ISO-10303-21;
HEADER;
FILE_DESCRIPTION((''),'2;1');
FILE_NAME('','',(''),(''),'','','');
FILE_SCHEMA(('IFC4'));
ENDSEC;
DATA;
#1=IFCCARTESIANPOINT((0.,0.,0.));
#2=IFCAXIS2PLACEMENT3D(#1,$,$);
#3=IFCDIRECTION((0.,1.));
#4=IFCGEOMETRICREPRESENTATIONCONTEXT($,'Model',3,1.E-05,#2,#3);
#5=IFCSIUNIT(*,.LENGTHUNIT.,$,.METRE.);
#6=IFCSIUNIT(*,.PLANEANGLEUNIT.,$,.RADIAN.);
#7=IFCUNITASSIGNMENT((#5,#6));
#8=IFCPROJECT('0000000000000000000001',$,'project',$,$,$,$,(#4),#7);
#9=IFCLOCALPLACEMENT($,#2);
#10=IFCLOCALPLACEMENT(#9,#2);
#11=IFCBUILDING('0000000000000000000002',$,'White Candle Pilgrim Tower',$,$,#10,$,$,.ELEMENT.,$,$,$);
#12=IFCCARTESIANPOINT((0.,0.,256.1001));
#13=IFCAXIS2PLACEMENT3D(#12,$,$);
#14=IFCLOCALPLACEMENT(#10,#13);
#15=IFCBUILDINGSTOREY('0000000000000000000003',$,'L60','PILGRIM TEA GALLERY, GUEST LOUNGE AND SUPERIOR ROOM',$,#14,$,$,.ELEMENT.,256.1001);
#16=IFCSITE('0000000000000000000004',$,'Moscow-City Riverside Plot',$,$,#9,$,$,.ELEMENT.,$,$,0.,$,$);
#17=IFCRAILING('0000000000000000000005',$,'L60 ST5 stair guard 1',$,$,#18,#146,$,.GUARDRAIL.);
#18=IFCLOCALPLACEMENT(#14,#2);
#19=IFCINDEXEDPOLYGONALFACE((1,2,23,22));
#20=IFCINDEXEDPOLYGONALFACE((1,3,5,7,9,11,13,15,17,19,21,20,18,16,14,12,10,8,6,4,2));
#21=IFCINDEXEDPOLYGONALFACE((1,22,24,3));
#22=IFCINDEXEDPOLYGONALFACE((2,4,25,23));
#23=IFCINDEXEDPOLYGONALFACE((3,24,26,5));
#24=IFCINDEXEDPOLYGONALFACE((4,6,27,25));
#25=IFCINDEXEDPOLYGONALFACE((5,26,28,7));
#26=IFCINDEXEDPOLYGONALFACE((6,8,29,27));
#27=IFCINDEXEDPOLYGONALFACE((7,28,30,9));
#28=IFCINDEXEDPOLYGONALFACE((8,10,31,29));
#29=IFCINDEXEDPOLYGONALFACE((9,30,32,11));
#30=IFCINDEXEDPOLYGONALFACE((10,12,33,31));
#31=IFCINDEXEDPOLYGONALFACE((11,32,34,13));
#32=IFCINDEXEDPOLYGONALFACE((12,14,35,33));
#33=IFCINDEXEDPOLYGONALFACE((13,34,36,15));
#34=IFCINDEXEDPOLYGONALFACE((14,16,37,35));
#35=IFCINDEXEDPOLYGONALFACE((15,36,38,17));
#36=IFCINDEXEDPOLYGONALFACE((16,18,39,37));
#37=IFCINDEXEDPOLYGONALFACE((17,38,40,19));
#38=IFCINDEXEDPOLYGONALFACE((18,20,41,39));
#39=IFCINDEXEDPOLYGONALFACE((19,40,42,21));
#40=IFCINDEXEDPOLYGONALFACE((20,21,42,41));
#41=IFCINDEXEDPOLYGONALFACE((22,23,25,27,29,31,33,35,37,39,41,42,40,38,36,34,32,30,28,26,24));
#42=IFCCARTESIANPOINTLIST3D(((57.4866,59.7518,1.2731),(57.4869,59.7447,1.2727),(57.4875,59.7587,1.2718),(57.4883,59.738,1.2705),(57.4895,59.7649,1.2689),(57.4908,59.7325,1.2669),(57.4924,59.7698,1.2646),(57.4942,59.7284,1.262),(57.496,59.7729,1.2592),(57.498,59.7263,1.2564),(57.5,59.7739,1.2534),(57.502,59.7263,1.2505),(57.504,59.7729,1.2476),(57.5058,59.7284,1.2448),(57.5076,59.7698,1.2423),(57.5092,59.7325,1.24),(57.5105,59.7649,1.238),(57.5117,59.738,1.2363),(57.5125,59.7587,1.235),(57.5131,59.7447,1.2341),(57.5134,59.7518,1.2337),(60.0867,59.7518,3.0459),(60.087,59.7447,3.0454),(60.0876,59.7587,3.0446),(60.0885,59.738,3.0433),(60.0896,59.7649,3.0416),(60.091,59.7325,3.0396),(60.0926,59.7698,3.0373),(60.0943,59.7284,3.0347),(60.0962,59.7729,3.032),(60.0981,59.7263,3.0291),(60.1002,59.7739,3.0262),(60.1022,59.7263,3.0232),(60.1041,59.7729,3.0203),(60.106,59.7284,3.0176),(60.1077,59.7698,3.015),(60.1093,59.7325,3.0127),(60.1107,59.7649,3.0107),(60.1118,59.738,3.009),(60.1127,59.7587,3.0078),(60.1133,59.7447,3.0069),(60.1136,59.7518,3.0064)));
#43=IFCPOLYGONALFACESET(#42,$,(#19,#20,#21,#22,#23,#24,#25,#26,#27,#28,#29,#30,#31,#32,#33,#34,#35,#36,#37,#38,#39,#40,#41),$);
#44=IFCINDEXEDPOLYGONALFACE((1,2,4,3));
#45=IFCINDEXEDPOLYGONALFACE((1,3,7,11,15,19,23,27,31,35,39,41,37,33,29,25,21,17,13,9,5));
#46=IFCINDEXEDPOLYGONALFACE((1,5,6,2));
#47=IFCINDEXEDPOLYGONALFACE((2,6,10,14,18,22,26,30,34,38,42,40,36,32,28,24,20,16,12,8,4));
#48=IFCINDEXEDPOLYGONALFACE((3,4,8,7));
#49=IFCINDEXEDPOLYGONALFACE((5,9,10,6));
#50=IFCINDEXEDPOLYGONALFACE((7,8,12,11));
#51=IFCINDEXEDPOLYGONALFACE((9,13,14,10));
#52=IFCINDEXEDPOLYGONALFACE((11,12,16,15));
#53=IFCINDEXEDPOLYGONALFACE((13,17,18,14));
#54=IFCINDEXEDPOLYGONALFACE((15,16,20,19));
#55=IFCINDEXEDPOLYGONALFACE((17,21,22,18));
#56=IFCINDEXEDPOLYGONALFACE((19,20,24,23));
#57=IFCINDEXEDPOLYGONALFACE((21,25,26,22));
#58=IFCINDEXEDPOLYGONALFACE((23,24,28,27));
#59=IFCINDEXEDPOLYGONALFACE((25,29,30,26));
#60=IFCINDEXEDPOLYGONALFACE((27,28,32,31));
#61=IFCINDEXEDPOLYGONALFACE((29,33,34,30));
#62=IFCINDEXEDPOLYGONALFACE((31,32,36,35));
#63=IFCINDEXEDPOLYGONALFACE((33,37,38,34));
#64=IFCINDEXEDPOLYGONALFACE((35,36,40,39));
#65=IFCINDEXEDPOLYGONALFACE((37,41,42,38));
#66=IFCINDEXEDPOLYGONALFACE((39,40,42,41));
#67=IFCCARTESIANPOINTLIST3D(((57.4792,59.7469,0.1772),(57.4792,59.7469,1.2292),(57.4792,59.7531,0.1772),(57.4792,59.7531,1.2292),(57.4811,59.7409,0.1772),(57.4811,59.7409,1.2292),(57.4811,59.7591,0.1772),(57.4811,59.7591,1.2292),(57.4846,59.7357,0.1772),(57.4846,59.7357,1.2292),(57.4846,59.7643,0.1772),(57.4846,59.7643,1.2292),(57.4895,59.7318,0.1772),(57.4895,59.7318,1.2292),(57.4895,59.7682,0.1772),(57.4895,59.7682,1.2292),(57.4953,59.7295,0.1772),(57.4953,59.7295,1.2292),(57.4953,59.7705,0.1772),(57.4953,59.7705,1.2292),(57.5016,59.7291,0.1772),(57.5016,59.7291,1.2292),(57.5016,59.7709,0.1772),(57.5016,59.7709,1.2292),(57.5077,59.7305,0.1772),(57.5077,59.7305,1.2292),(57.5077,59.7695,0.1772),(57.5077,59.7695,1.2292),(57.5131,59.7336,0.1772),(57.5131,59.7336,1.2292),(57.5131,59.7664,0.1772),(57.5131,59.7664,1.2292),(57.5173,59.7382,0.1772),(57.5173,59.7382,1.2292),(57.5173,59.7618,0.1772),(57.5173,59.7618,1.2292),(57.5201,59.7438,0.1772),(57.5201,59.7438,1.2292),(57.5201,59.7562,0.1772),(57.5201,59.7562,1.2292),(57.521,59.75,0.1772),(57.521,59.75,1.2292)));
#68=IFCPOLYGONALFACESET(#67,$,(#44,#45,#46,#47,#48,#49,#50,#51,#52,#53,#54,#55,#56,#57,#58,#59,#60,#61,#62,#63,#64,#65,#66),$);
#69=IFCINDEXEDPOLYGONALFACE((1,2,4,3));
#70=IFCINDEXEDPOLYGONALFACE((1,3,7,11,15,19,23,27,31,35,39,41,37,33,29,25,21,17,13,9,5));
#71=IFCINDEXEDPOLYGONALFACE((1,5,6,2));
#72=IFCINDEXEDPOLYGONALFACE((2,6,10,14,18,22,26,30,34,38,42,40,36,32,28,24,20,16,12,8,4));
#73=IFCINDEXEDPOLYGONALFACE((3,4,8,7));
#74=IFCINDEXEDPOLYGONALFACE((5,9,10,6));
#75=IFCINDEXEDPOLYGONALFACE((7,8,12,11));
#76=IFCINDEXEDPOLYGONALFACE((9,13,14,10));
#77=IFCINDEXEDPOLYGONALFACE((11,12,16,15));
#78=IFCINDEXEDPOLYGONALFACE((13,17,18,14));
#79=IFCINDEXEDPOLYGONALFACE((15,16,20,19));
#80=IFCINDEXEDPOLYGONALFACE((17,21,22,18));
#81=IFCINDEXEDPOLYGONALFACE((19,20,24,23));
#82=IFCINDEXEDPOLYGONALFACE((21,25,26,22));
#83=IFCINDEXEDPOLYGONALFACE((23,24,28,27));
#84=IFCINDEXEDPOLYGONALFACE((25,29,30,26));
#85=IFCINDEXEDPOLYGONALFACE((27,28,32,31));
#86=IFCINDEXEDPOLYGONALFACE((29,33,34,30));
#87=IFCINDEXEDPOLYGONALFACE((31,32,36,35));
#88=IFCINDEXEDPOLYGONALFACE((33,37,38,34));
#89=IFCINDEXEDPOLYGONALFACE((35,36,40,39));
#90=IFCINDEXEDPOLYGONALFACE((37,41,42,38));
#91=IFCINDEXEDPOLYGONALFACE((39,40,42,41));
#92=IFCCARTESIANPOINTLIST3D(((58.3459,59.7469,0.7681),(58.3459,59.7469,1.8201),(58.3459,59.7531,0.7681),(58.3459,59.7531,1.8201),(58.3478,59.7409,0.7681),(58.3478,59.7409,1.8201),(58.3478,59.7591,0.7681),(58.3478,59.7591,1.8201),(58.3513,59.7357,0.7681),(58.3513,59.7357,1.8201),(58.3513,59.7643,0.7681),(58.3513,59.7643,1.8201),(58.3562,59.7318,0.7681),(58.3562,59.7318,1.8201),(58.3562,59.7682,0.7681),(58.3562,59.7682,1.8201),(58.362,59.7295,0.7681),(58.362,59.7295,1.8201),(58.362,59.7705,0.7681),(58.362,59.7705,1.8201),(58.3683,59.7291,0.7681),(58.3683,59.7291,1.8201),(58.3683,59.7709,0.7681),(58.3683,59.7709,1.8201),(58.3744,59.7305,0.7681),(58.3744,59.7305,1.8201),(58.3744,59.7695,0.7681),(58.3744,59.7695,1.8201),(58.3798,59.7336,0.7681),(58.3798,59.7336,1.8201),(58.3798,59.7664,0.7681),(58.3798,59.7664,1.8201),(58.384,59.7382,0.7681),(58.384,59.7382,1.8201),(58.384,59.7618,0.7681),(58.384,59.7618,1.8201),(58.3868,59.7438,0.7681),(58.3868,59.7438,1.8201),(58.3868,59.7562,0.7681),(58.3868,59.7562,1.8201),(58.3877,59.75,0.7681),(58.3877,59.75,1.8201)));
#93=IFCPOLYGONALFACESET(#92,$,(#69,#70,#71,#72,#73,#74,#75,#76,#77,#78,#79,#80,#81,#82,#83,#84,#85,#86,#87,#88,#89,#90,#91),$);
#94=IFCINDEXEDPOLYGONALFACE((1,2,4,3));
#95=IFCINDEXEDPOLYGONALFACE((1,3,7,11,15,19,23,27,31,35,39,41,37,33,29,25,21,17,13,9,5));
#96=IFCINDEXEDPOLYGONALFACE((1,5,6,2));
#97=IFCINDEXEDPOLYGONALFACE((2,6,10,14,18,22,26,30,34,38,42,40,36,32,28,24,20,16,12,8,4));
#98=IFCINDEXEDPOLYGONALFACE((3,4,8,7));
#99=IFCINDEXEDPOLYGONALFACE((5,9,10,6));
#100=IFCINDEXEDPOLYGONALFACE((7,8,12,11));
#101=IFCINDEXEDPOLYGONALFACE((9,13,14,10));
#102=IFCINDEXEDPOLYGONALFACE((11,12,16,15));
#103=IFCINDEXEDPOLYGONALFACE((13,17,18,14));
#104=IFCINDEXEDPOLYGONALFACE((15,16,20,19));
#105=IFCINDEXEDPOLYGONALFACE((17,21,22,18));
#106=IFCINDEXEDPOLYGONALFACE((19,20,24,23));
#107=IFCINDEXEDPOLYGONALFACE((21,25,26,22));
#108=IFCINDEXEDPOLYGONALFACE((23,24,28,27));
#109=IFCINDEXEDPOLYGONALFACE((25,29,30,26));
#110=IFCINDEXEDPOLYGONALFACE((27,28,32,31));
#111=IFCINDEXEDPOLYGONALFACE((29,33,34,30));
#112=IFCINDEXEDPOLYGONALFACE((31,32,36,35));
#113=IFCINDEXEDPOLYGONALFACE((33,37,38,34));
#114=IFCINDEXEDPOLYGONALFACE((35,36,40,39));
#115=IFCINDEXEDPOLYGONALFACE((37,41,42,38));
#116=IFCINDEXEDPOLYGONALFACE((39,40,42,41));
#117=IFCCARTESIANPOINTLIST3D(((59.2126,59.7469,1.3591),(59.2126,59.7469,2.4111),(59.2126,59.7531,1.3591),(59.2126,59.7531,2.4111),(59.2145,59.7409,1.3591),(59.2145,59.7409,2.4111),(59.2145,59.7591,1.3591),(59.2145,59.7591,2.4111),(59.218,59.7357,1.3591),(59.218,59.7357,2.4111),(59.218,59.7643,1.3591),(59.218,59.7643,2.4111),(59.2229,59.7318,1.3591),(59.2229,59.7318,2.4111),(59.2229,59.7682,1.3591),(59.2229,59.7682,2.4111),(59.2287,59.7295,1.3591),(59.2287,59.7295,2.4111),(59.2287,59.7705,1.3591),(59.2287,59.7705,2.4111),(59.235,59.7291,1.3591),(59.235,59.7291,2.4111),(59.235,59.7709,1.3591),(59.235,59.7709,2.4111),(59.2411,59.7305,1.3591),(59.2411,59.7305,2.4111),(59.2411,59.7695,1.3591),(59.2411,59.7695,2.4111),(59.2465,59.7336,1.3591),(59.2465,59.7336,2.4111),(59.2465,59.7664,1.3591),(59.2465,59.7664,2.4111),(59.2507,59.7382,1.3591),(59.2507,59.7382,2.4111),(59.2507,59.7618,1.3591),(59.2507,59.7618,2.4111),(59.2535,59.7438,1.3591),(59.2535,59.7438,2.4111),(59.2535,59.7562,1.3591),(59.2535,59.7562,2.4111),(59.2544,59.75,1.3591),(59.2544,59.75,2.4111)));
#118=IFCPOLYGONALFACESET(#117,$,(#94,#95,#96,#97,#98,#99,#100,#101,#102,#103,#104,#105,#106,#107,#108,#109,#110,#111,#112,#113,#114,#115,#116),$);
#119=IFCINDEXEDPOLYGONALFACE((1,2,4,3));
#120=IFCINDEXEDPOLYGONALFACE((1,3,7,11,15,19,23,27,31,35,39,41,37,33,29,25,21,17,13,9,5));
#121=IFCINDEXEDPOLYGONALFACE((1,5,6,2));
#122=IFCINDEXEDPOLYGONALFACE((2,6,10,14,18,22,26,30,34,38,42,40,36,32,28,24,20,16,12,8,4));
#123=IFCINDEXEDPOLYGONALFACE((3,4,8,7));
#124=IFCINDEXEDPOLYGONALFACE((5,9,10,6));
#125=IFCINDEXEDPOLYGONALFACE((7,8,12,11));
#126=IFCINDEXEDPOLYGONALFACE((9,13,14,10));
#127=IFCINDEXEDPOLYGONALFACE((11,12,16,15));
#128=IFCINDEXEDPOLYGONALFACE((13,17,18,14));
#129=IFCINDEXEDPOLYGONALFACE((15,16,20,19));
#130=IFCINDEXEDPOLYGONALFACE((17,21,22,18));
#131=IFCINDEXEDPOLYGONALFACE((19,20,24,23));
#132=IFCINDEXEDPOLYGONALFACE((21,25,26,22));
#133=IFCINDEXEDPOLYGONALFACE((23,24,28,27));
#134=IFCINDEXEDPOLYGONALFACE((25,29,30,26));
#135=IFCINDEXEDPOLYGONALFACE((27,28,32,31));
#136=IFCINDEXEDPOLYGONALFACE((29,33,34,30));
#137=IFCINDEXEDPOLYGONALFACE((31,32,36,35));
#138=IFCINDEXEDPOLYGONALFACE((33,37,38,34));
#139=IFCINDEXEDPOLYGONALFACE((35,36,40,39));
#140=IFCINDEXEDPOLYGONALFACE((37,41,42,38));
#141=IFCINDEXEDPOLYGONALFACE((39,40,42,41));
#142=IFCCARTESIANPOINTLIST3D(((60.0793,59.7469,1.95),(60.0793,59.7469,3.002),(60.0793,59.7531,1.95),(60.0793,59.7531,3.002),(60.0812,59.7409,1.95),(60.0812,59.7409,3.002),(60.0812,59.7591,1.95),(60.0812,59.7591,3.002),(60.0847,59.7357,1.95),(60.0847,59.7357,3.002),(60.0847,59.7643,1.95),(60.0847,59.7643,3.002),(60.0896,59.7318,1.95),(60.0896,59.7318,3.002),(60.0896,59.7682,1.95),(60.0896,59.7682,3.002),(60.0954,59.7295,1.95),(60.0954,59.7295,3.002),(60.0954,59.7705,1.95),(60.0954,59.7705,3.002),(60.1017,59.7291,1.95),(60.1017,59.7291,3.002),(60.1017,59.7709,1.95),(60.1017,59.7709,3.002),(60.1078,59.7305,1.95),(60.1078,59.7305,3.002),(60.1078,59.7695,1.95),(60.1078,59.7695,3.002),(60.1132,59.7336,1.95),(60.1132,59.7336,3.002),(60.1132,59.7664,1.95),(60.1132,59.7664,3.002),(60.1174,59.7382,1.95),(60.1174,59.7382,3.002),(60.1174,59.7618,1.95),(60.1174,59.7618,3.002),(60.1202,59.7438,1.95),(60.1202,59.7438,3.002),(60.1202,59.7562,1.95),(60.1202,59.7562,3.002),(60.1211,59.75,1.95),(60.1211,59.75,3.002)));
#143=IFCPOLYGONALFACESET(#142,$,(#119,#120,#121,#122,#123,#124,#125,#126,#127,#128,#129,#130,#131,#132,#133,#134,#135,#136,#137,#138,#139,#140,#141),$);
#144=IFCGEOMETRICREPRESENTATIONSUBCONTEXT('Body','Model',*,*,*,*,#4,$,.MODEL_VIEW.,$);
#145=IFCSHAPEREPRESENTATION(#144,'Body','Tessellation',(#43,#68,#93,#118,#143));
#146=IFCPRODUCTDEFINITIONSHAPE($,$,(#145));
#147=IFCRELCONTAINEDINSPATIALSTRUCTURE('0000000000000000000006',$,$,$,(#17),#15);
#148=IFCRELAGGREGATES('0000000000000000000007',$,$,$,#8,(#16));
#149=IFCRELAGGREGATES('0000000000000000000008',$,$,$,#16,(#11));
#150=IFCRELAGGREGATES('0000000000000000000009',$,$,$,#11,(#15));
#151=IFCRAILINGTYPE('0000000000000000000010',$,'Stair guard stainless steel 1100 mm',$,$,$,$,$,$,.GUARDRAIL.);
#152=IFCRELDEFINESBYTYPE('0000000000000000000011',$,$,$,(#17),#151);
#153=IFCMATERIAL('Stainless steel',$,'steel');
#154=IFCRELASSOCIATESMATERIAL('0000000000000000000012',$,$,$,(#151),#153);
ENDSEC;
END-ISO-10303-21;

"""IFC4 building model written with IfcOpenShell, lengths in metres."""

from ifc_helpers import new_model, si_unit, direction, frame, origin, origin_2d, place, context, subcontext, project, spatial, circle, extrude, material, type_object, element, save


model = new_model("IFC4")

# Units and contexts
model_context = context("Model", 3, precision=1e-05, world=origin(), true_north=direction((0.0, 1.0)))
body_context = subcontext(model_context, "Body", "Model", "MODEL_VIEW")
ifc_project = project(units=[si_unit("LENGTHUNIT", "METRE"), si_unit("PLANEANGLEUNIT", "RADIAN")], contexts=[model_context])

# Site, building, storey
site_placement = place(None, origin())
site = spatial("IfcSite", under=ifc_project, at=site_placement, Name="Moscow-City Riverside Plot", CompositionType="ELEMENT", RefElevation=0.0)
building_placement = place(site_placement, origin())
building = spatial("IfcBuilding", under=site, at=building_placement, Name="White Candle Pilgrim Tower", CompositionType="ELEMENT")
storey_placement = place(building_placement, frame((0.0, 0.0, 256.1001)))
storey = spatial("IfcBuildingStorey", under=building, at=storey_placement, Name="L60", Description="PILGRIM TEA GALLERY, GUEST LOUNGE AND SUPERIOR ROOM", CompositionType="ELEMENT", Elevation=256.1001)

# Railing
ifc_material_1 = material(Name="Stainless steel", Category="steel")
railing_type_1 = type_object("IfcRailingType", Name="Stair guard stainless steel 1100 mm", PredefinedType="GUARDRAIL", material=ifc_material_1)
railing_1_placement = place(storey_placement, frame((57.5, 59.75, 0.1772)))
element("IfcRailing", 1, at=railing_1_placement, inside=storey, type_object=railing_type_1, Name="L60 ST5 stair guard 1", PredefinedType="GUARDRAIL", context=body_context, shape_type="SweptSolid", body=[
    extrude(circle(Radius=0.0239, at=origin_2d()), frame((0.0, 0.0, 1.0762), z_axis=(0.82624, 0.0, 0.563318), x_axis=(0.0, 1.0, 0.0)), (0.0, 0.0, 1.0), 3.147),
    extrude(circle(Radius=0.021, at=origin_2d()), origin(), (0.0, 0.0, 1.0), 1.052),
    extrude(circle(Radius=0.021, at=origin_2d()), frame((0.8667, 0.0, 0.5908)), (0.0, 0.0, 1.0), 1.052),
    extrude(circle(Radius=0.021, at=origin_2d()), frame((1.7334, 0.0, 1.1819)), (0.0, 0.0, 1.0), 1.052),
    extrude(circle(Radius=0.021, at=origin_2d()), frame((2.6001, 0.0, 1.7727)), (0.0, 0.0, 1.0), 1.052),
])

save(model, "model.ifc")
